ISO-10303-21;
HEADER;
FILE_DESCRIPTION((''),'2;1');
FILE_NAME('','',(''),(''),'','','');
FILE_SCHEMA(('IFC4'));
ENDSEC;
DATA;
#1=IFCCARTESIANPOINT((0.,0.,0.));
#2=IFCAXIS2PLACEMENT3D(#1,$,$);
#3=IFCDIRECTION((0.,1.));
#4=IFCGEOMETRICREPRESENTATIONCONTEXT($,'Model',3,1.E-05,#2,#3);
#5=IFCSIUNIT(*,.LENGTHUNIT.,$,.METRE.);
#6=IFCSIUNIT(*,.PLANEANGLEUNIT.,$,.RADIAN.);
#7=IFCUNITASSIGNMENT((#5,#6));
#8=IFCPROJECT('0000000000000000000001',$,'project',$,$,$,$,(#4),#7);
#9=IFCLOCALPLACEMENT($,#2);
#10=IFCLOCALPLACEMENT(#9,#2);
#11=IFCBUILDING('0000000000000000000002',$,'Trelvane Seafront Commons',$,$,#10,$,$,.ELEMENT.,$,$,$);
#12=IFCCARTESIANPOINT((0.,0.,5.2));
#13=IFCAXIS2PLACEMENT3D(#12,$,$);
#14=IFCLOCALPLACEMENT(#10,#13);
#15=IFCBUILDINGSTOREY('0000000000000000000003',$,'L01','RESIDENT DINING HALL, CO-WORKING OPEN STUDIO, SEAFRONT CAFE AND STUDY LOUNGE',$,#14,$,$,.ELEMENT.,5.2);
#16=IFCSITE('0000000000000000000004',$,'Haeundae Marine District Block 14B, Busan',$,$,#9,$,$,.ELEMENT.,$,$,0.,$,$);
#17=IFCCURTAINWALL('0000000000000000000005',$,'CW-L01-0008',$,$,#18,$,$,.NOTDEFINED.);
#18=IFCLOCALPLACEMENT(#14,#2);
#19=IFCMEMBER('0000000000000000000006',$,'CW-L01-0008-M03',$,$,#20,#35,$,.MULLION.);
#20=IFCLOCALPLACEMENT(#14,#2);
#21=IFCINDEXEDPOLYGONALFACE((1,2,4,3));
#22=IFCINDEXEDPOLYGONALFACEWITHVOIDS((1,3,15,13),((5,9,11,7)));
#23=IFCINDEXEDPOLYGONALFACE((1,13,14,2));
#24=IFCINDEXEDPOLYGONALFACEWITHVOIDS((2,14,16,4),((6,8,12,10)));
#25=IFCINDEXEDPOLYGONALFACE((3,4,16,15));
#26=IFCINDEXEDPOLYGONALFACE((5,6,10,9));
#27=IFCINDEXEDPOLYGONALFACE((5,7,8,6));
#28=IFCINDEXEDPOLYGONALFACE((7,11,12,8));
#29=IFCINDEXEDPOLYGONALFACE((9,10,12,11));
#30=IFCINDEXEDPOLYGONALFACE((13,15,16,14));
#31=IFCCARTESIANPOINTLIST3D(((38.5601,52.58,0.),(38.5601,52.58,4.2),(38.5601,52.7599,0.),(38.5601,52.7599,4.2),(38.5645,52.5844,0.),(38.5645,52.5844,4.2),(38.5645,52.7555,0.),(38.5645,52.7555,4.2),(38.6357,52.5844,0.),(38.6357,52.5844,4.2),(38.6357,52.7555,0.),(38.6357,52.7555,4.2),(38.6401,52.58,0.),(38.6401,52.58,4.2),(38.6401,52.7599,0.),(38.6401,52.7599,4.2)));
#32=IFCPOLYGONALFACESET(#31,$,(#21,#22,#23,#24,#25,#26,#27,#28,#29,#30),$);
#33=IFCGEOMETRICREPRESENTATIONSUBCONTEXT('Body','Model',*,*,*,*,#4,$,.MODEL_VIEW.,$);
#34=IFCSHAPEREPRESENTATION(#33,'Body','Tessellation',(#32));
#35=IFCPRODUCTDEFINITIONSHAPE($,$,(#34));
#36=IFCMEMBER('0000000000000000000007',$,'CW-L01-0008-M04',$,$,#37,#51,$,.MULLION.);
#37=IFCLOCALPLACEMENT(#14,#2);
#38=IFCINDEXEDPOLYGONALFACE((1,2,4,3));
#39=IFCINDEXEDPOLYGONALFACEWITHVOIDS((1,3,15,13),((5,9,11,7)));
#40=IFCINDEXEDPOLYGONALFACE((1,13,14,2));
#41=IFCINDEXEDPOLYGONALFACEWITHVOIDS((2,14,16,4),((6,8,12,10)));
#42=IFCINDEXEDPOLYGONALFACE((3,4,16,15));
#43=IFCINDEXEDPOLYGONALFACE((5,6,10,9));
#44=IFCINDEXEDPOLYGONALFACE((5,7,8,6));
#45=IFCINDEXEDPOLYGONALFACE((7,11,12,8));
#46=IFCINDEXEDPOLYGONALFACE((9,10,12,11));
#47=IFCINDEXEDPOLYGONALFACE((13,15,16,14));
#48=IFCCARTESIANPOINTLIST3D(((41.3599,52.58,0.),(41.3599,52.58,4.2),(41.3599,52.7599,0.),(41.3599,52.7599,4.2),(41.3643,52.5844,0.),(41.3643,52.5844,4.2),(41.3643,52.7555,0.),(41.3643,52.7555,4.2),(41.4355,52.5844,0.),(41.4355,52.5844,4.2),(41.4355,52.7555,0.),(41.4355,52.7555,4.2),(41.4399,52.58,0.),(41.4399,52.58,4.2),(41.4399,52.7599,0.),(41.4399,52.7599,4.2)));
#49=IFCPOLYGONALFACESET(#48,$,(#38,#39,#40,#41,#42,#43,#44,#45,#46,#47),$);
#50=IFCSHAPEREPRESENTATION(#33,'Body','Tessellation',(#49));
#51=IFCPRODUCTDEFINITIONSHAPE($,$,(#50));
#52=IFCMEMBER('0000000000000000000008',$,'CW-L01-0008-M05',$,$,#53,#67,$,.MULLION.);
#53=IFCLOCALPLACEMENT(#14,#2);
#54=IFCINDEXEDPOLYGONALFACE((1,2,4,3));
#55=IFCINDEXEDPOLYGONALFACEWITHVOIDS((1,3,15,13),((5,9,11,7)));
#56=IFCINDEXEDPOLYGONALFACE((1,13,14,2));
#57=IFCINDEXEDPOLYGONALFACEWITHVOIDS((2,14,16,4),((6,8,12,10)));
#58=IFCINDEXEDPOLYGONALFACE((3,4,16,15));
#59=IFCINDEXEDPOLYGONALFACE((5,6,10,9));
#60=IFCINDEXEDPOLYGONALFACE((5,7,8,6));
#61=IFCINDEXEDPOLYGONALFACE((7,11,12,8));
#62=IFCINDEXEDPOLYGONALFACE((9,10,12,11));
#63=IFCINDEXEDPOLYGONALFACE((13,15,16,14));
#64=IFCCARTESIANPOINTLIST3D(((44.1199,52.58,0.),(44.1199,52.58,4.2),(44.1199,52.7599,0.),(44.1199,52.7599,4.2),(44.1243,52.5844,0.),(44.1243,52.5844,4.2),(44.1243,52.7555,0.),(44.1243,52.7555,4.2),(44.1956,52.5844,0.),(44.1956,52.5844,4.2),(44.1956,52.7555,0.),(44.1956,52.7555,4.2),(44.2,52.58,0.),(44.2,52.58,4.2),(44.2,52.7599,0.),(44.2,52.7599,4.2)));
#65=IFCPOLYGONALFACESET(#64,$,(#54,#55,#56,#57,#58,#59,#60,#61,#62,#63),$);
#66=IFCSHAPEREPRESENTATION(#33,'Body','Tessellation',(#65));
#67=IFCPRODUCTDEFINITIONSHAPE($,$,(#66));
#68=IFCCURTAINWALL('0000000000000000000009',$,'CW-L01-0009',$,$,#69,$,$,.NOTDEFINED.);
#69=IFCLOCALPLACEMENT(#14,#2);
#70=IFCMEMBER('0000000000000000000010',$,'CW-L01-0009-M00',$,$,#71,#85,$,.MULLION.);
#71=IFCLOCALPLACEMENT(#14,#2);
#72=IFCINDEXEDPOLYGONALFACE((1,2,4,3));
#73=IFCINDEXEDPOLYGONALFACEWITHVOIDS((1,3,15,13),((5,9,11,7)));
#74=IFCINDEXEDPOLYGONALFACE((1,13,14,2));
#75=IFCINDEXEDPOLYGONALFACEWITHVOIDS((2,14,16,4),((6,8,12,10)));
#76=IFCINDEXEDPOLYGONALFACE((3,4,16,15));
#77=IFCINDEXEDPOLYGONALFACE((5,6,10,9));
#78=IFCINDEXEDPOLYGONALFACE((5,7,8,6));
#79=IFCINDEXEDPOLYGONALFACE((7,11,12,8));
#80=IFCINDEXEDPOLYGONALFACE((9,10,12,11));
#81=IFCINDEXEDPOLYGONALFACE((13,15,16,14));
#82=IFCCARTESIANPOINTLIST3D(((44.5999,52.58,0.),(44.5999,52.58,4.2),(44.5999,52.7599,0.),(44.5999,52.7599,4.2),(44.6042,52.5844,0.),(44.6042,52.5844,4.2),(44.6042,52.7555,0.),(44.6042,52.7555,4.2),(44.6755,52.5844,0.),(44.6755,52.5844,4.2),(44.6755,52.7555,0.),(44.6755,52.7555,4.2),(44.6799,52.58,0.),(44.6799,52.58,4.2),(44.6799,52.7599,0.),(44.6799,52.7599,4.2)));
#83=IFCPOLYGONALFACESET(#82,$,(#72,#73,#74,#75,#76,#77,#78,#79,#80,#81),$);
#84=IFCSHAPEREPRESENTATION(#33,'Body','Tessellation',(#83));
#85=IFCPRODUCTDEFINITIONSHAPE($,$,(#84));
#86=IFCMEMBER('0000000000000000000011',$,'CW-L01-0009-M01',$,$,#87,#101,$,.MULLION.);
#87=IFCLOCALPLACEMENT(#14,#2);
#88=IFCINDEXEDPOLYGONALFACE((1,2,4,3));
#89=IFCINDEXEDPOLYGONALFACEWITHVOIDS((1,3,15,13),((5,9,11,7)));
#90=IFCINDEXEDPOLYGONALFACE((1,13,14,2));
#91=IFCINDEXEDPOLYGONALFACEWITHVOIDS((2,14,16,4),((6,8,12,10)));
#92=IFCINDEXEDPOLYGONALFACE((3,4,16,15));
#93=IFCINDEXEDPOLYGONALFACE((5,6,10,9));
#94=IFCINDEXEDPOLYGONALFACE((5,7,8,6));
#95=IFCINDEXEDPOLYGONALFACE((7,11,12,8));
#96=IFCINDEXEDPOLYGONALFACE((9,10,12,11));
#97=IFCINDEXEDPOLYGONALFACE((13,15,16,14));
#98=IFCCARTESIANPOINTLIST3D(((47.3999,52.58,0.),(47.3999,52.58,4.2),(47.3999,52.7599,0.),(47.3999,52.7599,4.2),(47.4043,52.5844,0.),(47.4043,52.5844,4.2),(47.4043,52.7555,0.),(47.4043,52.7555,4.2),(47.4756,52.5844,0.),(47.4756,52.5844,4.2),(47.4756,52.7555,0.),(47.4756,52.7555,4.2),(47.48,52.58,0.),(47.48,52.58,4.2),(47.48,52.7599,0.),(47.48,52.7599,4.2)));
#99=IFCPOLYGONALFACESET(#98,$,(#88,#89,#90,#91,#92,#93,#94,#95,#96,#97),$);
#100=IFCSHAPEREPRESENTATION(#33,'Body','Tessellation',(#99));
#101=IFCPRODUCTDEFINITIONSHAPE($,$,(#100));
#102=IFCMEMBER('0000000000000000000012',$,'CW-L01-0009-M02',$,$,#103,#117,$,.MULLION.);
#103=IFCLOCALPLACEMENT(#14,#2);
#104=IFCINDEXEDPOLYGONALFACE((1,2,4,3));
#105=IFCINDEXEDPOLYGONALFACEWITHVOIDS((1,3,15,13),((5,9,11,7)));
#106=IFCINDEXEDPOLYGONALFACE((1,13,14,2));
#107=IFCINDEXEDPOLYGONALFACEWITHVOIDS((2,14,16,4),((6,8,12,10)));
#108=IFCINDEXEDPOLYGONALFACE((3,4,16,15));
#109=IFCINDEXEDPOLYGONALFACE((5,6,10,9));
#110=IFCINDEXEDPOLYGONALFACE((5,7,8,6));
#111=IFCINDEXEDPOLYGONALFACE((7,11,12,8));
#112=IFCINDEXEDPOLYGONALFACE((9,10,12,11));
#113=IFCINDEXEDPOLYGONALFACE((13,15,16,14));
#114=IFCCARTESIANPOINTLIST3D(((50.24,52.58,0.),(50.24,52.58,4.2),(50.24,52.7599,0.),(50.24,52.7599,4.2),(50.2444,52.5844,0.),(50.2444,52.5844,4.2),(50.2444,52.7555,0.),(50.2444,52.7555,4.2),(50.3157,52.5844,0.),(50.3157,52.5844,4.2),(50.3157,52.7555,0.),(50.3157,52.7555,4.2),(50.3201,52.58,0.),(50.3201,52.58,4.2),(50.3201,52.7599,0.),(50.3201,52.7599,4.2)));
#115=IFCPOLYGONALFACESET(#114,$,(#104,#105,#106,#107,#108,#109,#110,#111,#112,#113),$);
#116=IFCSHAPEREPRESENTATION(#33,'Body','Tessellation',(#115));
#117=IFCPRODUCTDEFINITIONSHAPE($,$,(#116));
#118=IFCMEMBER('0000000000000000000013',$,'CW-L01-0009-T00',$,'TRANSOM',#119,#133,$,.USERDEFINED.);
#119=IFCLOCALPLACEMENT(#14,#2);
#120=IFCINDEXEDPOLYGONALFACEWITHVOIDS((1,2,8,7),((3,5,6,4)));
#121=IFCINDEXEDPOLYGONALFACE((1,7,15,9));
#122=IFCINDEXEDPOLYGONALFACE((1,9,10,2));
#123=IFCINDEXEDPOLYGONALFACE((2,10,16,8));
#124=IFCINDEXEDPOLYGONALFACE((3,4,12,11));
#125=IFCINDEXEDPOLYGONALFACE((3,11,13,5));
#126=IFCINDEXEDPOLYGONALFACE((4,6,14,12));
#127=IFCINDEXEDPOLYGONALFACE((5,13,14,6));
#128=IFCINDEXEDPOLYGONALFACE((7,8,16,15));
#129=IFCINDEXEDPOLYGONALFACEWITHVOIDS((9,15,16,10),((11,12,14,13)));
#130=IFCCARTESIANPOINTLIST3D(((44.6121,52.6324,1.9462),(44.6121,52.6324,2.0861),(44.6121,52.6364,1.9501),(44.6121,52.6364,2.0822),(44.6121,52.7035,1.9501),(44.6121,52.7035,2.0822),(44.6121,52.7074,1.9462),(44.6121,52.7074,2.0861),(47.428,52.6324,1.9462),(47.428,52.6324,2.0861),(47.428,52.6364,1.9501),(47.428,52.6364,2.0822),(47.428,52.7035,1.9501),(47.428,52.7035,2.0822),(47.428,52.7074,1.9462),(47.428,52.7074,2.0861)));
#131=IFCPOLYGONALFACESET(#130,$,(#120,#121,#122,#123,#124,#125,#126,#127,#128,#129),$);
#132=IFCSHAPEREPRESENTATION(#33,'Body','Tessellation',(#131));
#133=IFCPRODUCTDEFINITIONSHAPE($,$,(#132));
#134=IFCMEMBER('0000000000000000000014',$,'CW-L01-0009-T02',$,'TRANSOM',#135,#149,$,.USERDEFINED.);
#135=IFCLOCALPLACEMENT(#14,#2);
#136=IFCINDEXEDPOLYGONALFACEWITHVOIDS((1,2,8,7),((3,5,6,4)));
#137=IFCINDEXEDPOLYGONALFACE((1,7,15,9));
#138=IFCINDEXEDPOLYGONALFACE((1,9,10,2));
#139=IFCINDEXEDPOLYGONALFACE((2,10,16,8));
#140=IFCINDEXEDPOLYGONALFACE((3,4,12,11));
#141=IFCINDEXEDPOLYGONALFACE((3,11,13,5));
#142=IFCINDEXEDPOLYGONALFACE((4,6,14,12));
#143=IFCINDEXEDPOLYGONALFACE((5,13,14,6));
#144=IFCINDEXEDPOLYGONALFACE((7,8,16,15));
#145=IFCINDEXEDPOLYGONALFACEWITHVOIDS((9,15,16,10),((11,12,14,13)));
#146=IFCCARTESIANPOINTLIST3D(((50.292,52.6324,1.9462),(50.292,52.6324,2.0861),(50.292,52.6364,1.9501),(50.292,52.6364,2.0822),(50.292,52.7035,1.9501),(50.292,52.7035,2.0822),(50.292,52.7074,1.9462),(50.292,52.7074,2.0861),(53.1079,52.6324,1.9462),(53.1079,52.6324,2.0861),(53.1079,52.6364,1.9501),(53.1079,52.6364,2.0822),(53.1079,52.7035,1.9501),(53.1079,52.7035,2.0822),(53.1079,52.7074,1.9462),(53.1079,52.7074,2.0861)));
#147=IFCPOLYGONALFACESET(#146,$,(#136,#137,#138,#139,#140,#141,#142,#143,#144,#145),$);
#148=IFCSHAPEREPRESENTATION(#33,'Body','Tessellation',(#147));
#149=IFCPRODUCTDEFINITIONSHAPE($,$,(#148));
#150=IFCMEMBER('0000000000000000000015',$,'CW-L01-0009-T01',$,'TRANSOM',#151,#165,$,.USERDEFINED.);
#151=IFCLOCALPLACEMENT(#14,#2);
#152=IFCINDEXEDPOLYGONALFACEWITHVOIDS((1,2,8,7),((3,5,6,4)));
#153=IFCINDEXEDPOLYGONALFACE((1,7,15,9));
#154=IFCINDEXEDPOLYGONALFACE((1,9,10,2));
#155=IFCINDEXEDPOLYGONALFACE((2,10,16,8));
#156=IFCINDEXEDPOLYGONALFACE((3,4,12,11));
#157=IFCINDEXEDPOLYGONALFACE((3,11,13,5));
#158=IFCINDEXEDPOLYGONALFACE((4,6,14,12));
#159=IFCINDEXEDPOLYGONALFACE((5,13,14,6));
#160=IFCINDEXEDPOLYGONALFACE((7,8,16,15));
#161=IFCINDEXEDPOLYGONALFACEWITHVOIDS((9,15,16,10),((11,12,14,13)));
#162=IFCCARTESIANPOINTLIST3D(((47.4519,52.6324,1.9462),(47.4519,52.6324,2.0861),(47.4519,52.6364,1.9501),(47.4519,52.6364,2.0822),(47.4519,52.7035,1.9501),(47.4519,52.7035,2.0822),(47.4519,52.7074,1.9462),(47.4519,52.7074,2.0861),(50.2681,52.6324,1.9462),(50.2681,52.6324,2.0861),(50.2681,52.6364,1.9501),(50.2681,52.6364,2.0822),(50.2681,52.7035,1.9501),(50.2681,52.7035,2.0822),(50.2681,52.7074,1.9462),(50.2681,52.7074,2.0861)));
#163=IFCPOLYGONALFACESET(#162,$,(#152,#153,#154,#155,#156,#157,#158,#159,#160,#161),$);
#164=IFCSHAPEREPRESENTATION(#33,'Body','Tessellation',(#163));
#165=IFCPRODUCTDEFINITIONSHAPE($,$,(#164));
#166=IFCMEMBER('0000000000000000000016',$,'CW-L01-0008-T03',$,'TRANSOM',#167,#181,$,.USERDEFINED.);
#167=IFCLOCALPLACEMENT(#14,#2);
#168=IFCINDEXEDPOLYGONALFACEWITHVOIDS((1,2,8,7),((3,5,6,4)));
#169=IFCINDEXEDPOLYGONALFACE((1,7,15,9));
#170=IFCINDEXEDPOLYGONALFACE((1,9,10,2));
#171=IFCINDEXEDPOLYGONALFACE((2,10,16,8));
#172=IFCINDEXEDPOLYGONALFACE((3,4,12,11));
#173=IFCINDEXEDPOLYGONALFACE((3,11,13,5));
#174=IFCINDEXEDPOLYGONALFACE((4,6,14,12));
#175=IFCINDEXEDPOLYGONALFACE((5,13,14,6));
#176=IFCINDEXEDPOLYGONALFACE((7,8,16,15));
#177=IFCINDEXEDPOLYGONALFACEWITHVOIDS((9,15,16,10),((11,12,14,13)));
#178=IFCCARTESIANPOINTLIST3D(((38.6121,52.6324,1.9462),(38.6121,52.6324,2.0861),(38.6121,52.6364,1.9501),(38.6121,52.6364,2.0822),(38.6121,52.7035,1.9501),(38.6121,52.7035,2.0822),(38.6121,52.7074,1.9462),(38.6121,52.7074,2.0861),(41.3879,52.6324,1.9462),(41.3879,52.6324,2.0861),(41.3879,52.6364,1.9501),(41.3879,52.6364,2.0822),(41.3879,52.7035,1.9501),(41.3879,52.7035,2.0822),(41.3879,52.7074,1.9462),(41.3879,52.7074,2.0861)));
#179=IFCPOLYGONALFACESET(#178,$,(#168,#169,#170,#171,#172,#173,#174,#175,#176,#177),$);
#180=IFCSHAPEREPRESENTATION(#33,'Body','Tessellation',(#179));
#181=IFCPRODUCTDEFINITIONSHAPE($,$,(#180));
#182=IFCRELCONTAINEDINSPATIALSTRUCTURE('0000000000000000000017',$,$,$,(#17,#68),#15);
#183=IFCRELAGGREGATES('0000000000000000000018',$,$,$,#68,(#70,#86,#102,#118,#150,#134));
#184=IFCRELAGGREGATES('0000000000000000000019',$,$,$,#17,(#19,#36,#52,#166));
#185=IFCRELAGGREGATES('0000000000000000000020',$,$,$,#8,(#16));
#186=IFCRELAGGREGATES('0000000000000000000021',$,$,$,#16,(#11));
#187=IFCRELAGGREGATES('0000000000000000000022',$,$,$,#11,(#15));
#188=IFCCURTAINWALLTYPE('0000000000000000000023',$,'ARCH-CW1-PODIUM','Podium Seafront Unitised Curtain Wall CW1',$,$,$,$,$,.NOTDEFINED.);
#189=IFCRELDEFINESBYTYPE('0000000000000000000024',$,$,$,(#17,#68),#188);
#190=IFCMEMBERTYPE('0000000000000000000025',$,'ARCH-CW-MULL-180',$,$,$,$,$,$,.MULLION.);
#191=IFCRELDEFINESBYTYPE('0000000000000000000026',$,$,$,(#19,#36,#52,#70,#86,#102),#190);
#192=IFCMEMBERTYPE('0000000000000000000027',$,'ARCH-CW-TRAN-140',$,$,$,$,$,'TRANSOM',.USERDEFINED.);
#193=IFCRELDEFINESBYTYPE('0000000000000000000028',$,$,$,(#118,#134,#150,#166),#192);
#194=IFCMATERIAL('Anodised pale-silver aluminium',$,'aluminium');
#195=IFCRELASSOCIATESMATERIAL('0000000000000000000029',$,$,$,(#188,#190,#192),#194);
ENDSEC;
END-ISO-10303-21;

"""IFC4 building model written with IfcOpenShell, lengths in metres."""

from ifc_helpers import new_model, si_unit, direction, frame, origin, origin_2d, place, context, subcontext, project, spatial, hollow_rectangle, extrude, source, transform, mapped, material, material_profile, profile_set, type_object, element, aggregate, save


model = new_model("IFC4")

# Units and contexts
model_context = context("Model", 3, precision=1e-05, world=origin(), true_north=direction((0.0, 1.0)))
body_context = subcontext(model_context, "Body", "Model", "MODEL_VIEW")
ifc_project = project(units=[si_unit("LENGTHUNIT", "METRE"), si_unit("PLANEANGLEUNIT", "RADIAN")], contexts=[model_context])

# Site, building, storey
site_placement = place(None, origin())
site = spatial("IfcSite", under=ifc_project, at=site_placement, Name="Haeundae Marine District Block 14B, Busan", CompositionType="ELEMENT", RefElevation=0.0)
building_placement = place(site_placement, origin())
building = spatial("IfcBuilding", under=site, at=building_placement, Name="Trelvane Seafront Commons", CompositionType="ELEMENT")
storey_placement = place(building_placement, frame((0.0, 0.0, 5.2)))
storey = spatial("IfcBuildingStorey", under=building, at=storey_placement, Name="L01", Description="RESIDENT DINING HALL, CO-WORKING OPEN STUDIO, SEAFRONT CAFE AND STUDY LOUNGE", CompositionType="ELEMENT", Elevation=5.2)

# Curtain walls, members
ifc_material_1 = material(Name="Anodised pale-silver aluminium", Category="aluminium")
curtain_wall_type = type_object("IfcCurtainWallType", Name="ARCH-CW1-PODIUM", Description="Podium Seafront Unitised Curtain Wall CW1", PredefinedType="NOTDEFINED", material=ifc_material_1)
curtain_wall_1_placement = place(storey_placement, origin())
curtain_wall_1 = element("IfcCurtainWall", 1, at=curtain_wall_1_placement, inside=storey, type_object=curtain_wall_type, Name="CW-L01-0008", PredefinedType="NOTDEFINED")
ifc_material_profile_1 = material_profile(ifc_material_1, hollow_rectangle(XDim=0.0801, YDim=0.1799, WallThickness=0.0044, at=origin_2d()), Name="MULL-80x180x4.5")
ifc_profile_set_1 = profile_set([ifc_material_profile_1], Name="Anodised pale-silver aluminium")
member_type_1 = type_object("IfcMemberType", Name="ARCH-CW-MULL-180", PredefinedType="MULLION", material=ifc_profile_set_1)
shared_shape_1 = source(origin(), body_context, "Body", "SweptSolid", [
    extrude(hollow_rectangle(XDim=0.0801, YDim=0.1799, WallThickness=0.0044, at=origin_2d()), origin(), (0.0, 0.0, 1.0), 4.2),
])
member_1_placement = place(storey_placement, frame((38.6001, 52.6699, 0.0), z_axis=(0.0, 0.0, 1.0), x_axis=(1.0, 0.0, 0.0)))
member_1 = element("IfcMember", 2, at=member_1_placement, type_object=member_type_1, Name="CW-L01-0008-M03", PredefinedType="MULLION", context=body_context, shape_type="MappedRepresentation", body=[
    mapped(shared_shape_1, transform((0.0, 0.0, 0.0), x_axis=(1.0, 0.0, 0.0), y_axis=(0.0, 1.0, 0.0), z_axis=(0.0, 0.0, 1.0), scale=1.0)),
])
member_2_placement = place(storey_placement, frame((41.3999, 52.6699, 0.0), z_axis=(0.0, 0.0, 1.0), x_axis=(1.0, 0.0, 0.0)))
member_2 = element("IfcMember", 3, at=member_2_placement, type_object=member_type_1, Name="CW-L01-0008-M04", PredefinedType="MULLION", context=body_context, shape_type="MappedRepresentation", body=[
    mapped(shared_shape_1, transform((0.0, 0.0, 0.0), x_axis=(1.0, 0.0, 0.0), y_axis=(0.0, 1.0, 0.0), z_axis=(0.0, 0.0, 1.0), scale=1.0)),
])
member_3_placement = place(storey_placement, frame((44.1599, 52.6699, 0.0), z_axis=(0.0, 0.0, 1.0), x_axis=(1.0, 0.0, 0.0)))
member_3 = element("IfcMember", 4, at=member_3_placement, type_object=member_type_1, Name="CW-L01-0008-M05", PredefinedType="MULLION", context=body_context, shape_type="MappedRepresentation", body=[
    mapped(shared_shape_1, transform((0.0, 0.0, 0.0), x_axis=(1.0, 0.0, 0.0), y_axis=(0.0, 1.0, 0.0), z_axis=(0.0, 0.0, 1.0), scale=1.0)),
])
curtain_wall_2_placement = place(storey_placement, origin())
curtain_wall_2 = element("IfcCurtainWall", 5, at=curtain_wall_2_placement, inside=storey, type_object=curtain_wall_type, Name="CW-L01-0009", PredefinedType="NOTDEFINED")
member_4_placement = place(storey_placement, frame((44.6399, 52.6699, 0.0), z_axis=(0.0, 0.0, 1.0), x_axis=(1.0, 0.0, 0.0)))
member_4 = element("IfcMember", 6, at=member_4_placement, type_object=member_type_1, Name="CW-L01-0009-M00", PredefinedType="MULLION", context=body_context, shape_type="MappedRepresentation", body=[
    mapped(shared_shape_1, transform((0.0, 0.0, 0.0), x_axis=(1.0, 0.0, 0.0), y_axis=(0.0, 1.0, 0.0), z_axis=(0.0, 0.0, 1.0), scale=1.0)),
])
member_5_placement = place(storey_placement, frame((47.4399, 52.6699, 0.0), z_axis=(0.0, 0.0, 1.0), x_axis=(1.0, 0.0, 0.0)))
member_5 = element("IfcMember", 7, at=member_5_placement, type_object=member_type_1, Name="CW-L01-0009-M01", PredefinedType="MULLION", context=body_context, shape_type="MappedRepresentation", body=[
    mapped(shared_shape_1, transform((0.0, 0.0, 0.0), x_axis=(1.0, 0.0, 0.0), y_axis=(0.0, 1.0, 0.0), z_axis=(0.0, 0.0, 1.0), scale=1.0)),
])
member_6_placement = place(storey_placement, frame((50.28, 52.6699, 0.0), z_axis=(0.0, 0.0, 1.0), x_axis=(1.0, 0.0, 0.0)))
member_6 = element("IfcMember", 8, at=member_6_placement, type_object=member_type_1, Name="CW-L01-0009-M02", PredefinedType="MULLION", context=body_context, shape_type="MappedRepresentation", body=[
    mapped(shared_shape_1, transform((0.0, 0.0, 0.0), x_axis=(1.0, 0.0, 0.0), y_axis=(0.0, 1.0, 0.0), z_axis=(0.0, 0.0, 1.0), scale=1.0)),
])
ifc_material_profile_2 = material_profile(ifc_material_1, hollow_rectangle(XDim=0.075, YDim=0.1399, WallThickness=0.0039, at=origin_2d()), Name="TRAN-75x140x4")
ifc_profile_set_2 = profile_set([ifc_material_profile_2], Name="Anodised pale-silver aluminium")
member_type_2 = type_object("IfcMemberType", Name="ARCH-CW-TRAN-140", ElementType="TRANSOM", PredefinedType="USERDEFINED", material=ifc_profile_set_2)
shared_shape_2 = source(origin(), body_context, "Body", "SweptSolid", [
    extrude(hollow_rectangle(XDim=0.075, YDim=0.1399, WallThickness=0.0039, at=origin_2d()), origin(), (0.0, 0.0, 1.0), 2.8159),
])
member_7_placement = place(storey_placement, frame((44.6121, 52.6699, 2.0161), z_axis=(1.0, 0.0, 0.0), x_axis=(0.0, 1.0, 0.0)))
member_7 = element("IfcMember", 9, at=member_7_placement, type_object=member_type_2, Name="CW-L01-0009-T00", ObjectType="TRANSOM", PredefinedType="USERDEFINED", context=body_context, shape_type="MappedRepresentation", body=[
    mapped(shared_shape_2, transform((0.0, 0.0, 0.0), x_axis=(1.0, 0.0, 0.0), y_axis=(0.0, 1.0, 0.0), z_axis=(0.0, 0.0, 1.0), scale=1.0)),
])
member_8_placement = place(storey_placement, frame((50.292, 52.6699, 2.0161), z_axis=(1.0, 0.0, 0.0), x_axis=(0.0, 1.0, 0.0)))
member_8 = element("IfcMember", 10, at=member_8_placement, type_object=member_type_2, Name="CW-L01-0009-T02", ObjectType="TRANSOM", PredefinedType="USERDEFINED", context=body_context, shape_type="MappedRepresentation", body=[
    mapped(shared_shape_2, transform((0.0, 0.0, 0.0), x_axis=(1.0, 0.0, 0.0), y_axis=(0.0, 1.0, 0.0), z_axis=(0.0, 0.0, 1.0), scale=1.0)),
])
shared_shape_3 = source(origin(), body_context, "Body", "SweptSolid", [
    extrude(hollow_rectangle(XDim=0.075, YDim=0.1399, WallThickness=0.0039, at=origin_2d()), origin(), (0.0, 0.0, 1.0), 2.8162),
])
member_9_placement = place(storey_placement, frame((47.4519, 52.6699, 2.0161), z_axis=(1.0, 0.0, 0.0), x_axis=(0.0, 1.0, 0.0)))
member_9 = element("IfcMember", 11, at=member_9_placement, type_object=member_type_2, Name="CW-L01-0009-T01", ObjectType="TRANSOM", PredefinedType="USERDEFINED", context=body_context, shape_type="MappedRepresentation", body=[
    mapped(shared_shape_3, transform((0.0, 0.0, 0.0), x_axis=(1.0, 0.0, 0.0), y_axis=(0.0, 1.0, 0.0), z_axis=(0.0, 0.0, 1.0), scale=1.0)),
])

# Member
shared_shape_4 = source(origin(), body_context, "Body", "SweptSolid", [
    extrude(hollow_rectangle(XDim=0.075, YDim=0.1399, WallThickness=0.0039, at=origin_2d()), origin(), (0.0, 0.0, 1.0), 2.7759),
])
member_10_placement = place(storey_placement, frame((38.6121, 52.6699, 2.0161), z_axis=(1.0, 0.0, 0.0), x_axis=(0.0, 1.0, 0.0)))
member_10 = element("IfcMember", 12, at=member_10_placement, type_object=member_type_2, Name="CW-L01-0008-T03", ObjectType="TRANSOM", PredefinedType="USERDEFINED", context=body_context, shape_type="MappedRepresentation", body=[
    mapped(shared_shape_4, transform((0.0, 0.0, 0.0), x_axis=(1.0, 0.0, 0.0), y_axis=(0.0, 1.0, 0.0), z_axis=(0.0, 0.0, 1.0), scale=1.0)),
])

aggregate(curtain_wall_2, [member_4, member_5, member_6, member_7, member_9, member_8])
aggregate(curtain_wall_1, [member_1, member_2, member_3, member_10])

save(model, "model.ifc")
